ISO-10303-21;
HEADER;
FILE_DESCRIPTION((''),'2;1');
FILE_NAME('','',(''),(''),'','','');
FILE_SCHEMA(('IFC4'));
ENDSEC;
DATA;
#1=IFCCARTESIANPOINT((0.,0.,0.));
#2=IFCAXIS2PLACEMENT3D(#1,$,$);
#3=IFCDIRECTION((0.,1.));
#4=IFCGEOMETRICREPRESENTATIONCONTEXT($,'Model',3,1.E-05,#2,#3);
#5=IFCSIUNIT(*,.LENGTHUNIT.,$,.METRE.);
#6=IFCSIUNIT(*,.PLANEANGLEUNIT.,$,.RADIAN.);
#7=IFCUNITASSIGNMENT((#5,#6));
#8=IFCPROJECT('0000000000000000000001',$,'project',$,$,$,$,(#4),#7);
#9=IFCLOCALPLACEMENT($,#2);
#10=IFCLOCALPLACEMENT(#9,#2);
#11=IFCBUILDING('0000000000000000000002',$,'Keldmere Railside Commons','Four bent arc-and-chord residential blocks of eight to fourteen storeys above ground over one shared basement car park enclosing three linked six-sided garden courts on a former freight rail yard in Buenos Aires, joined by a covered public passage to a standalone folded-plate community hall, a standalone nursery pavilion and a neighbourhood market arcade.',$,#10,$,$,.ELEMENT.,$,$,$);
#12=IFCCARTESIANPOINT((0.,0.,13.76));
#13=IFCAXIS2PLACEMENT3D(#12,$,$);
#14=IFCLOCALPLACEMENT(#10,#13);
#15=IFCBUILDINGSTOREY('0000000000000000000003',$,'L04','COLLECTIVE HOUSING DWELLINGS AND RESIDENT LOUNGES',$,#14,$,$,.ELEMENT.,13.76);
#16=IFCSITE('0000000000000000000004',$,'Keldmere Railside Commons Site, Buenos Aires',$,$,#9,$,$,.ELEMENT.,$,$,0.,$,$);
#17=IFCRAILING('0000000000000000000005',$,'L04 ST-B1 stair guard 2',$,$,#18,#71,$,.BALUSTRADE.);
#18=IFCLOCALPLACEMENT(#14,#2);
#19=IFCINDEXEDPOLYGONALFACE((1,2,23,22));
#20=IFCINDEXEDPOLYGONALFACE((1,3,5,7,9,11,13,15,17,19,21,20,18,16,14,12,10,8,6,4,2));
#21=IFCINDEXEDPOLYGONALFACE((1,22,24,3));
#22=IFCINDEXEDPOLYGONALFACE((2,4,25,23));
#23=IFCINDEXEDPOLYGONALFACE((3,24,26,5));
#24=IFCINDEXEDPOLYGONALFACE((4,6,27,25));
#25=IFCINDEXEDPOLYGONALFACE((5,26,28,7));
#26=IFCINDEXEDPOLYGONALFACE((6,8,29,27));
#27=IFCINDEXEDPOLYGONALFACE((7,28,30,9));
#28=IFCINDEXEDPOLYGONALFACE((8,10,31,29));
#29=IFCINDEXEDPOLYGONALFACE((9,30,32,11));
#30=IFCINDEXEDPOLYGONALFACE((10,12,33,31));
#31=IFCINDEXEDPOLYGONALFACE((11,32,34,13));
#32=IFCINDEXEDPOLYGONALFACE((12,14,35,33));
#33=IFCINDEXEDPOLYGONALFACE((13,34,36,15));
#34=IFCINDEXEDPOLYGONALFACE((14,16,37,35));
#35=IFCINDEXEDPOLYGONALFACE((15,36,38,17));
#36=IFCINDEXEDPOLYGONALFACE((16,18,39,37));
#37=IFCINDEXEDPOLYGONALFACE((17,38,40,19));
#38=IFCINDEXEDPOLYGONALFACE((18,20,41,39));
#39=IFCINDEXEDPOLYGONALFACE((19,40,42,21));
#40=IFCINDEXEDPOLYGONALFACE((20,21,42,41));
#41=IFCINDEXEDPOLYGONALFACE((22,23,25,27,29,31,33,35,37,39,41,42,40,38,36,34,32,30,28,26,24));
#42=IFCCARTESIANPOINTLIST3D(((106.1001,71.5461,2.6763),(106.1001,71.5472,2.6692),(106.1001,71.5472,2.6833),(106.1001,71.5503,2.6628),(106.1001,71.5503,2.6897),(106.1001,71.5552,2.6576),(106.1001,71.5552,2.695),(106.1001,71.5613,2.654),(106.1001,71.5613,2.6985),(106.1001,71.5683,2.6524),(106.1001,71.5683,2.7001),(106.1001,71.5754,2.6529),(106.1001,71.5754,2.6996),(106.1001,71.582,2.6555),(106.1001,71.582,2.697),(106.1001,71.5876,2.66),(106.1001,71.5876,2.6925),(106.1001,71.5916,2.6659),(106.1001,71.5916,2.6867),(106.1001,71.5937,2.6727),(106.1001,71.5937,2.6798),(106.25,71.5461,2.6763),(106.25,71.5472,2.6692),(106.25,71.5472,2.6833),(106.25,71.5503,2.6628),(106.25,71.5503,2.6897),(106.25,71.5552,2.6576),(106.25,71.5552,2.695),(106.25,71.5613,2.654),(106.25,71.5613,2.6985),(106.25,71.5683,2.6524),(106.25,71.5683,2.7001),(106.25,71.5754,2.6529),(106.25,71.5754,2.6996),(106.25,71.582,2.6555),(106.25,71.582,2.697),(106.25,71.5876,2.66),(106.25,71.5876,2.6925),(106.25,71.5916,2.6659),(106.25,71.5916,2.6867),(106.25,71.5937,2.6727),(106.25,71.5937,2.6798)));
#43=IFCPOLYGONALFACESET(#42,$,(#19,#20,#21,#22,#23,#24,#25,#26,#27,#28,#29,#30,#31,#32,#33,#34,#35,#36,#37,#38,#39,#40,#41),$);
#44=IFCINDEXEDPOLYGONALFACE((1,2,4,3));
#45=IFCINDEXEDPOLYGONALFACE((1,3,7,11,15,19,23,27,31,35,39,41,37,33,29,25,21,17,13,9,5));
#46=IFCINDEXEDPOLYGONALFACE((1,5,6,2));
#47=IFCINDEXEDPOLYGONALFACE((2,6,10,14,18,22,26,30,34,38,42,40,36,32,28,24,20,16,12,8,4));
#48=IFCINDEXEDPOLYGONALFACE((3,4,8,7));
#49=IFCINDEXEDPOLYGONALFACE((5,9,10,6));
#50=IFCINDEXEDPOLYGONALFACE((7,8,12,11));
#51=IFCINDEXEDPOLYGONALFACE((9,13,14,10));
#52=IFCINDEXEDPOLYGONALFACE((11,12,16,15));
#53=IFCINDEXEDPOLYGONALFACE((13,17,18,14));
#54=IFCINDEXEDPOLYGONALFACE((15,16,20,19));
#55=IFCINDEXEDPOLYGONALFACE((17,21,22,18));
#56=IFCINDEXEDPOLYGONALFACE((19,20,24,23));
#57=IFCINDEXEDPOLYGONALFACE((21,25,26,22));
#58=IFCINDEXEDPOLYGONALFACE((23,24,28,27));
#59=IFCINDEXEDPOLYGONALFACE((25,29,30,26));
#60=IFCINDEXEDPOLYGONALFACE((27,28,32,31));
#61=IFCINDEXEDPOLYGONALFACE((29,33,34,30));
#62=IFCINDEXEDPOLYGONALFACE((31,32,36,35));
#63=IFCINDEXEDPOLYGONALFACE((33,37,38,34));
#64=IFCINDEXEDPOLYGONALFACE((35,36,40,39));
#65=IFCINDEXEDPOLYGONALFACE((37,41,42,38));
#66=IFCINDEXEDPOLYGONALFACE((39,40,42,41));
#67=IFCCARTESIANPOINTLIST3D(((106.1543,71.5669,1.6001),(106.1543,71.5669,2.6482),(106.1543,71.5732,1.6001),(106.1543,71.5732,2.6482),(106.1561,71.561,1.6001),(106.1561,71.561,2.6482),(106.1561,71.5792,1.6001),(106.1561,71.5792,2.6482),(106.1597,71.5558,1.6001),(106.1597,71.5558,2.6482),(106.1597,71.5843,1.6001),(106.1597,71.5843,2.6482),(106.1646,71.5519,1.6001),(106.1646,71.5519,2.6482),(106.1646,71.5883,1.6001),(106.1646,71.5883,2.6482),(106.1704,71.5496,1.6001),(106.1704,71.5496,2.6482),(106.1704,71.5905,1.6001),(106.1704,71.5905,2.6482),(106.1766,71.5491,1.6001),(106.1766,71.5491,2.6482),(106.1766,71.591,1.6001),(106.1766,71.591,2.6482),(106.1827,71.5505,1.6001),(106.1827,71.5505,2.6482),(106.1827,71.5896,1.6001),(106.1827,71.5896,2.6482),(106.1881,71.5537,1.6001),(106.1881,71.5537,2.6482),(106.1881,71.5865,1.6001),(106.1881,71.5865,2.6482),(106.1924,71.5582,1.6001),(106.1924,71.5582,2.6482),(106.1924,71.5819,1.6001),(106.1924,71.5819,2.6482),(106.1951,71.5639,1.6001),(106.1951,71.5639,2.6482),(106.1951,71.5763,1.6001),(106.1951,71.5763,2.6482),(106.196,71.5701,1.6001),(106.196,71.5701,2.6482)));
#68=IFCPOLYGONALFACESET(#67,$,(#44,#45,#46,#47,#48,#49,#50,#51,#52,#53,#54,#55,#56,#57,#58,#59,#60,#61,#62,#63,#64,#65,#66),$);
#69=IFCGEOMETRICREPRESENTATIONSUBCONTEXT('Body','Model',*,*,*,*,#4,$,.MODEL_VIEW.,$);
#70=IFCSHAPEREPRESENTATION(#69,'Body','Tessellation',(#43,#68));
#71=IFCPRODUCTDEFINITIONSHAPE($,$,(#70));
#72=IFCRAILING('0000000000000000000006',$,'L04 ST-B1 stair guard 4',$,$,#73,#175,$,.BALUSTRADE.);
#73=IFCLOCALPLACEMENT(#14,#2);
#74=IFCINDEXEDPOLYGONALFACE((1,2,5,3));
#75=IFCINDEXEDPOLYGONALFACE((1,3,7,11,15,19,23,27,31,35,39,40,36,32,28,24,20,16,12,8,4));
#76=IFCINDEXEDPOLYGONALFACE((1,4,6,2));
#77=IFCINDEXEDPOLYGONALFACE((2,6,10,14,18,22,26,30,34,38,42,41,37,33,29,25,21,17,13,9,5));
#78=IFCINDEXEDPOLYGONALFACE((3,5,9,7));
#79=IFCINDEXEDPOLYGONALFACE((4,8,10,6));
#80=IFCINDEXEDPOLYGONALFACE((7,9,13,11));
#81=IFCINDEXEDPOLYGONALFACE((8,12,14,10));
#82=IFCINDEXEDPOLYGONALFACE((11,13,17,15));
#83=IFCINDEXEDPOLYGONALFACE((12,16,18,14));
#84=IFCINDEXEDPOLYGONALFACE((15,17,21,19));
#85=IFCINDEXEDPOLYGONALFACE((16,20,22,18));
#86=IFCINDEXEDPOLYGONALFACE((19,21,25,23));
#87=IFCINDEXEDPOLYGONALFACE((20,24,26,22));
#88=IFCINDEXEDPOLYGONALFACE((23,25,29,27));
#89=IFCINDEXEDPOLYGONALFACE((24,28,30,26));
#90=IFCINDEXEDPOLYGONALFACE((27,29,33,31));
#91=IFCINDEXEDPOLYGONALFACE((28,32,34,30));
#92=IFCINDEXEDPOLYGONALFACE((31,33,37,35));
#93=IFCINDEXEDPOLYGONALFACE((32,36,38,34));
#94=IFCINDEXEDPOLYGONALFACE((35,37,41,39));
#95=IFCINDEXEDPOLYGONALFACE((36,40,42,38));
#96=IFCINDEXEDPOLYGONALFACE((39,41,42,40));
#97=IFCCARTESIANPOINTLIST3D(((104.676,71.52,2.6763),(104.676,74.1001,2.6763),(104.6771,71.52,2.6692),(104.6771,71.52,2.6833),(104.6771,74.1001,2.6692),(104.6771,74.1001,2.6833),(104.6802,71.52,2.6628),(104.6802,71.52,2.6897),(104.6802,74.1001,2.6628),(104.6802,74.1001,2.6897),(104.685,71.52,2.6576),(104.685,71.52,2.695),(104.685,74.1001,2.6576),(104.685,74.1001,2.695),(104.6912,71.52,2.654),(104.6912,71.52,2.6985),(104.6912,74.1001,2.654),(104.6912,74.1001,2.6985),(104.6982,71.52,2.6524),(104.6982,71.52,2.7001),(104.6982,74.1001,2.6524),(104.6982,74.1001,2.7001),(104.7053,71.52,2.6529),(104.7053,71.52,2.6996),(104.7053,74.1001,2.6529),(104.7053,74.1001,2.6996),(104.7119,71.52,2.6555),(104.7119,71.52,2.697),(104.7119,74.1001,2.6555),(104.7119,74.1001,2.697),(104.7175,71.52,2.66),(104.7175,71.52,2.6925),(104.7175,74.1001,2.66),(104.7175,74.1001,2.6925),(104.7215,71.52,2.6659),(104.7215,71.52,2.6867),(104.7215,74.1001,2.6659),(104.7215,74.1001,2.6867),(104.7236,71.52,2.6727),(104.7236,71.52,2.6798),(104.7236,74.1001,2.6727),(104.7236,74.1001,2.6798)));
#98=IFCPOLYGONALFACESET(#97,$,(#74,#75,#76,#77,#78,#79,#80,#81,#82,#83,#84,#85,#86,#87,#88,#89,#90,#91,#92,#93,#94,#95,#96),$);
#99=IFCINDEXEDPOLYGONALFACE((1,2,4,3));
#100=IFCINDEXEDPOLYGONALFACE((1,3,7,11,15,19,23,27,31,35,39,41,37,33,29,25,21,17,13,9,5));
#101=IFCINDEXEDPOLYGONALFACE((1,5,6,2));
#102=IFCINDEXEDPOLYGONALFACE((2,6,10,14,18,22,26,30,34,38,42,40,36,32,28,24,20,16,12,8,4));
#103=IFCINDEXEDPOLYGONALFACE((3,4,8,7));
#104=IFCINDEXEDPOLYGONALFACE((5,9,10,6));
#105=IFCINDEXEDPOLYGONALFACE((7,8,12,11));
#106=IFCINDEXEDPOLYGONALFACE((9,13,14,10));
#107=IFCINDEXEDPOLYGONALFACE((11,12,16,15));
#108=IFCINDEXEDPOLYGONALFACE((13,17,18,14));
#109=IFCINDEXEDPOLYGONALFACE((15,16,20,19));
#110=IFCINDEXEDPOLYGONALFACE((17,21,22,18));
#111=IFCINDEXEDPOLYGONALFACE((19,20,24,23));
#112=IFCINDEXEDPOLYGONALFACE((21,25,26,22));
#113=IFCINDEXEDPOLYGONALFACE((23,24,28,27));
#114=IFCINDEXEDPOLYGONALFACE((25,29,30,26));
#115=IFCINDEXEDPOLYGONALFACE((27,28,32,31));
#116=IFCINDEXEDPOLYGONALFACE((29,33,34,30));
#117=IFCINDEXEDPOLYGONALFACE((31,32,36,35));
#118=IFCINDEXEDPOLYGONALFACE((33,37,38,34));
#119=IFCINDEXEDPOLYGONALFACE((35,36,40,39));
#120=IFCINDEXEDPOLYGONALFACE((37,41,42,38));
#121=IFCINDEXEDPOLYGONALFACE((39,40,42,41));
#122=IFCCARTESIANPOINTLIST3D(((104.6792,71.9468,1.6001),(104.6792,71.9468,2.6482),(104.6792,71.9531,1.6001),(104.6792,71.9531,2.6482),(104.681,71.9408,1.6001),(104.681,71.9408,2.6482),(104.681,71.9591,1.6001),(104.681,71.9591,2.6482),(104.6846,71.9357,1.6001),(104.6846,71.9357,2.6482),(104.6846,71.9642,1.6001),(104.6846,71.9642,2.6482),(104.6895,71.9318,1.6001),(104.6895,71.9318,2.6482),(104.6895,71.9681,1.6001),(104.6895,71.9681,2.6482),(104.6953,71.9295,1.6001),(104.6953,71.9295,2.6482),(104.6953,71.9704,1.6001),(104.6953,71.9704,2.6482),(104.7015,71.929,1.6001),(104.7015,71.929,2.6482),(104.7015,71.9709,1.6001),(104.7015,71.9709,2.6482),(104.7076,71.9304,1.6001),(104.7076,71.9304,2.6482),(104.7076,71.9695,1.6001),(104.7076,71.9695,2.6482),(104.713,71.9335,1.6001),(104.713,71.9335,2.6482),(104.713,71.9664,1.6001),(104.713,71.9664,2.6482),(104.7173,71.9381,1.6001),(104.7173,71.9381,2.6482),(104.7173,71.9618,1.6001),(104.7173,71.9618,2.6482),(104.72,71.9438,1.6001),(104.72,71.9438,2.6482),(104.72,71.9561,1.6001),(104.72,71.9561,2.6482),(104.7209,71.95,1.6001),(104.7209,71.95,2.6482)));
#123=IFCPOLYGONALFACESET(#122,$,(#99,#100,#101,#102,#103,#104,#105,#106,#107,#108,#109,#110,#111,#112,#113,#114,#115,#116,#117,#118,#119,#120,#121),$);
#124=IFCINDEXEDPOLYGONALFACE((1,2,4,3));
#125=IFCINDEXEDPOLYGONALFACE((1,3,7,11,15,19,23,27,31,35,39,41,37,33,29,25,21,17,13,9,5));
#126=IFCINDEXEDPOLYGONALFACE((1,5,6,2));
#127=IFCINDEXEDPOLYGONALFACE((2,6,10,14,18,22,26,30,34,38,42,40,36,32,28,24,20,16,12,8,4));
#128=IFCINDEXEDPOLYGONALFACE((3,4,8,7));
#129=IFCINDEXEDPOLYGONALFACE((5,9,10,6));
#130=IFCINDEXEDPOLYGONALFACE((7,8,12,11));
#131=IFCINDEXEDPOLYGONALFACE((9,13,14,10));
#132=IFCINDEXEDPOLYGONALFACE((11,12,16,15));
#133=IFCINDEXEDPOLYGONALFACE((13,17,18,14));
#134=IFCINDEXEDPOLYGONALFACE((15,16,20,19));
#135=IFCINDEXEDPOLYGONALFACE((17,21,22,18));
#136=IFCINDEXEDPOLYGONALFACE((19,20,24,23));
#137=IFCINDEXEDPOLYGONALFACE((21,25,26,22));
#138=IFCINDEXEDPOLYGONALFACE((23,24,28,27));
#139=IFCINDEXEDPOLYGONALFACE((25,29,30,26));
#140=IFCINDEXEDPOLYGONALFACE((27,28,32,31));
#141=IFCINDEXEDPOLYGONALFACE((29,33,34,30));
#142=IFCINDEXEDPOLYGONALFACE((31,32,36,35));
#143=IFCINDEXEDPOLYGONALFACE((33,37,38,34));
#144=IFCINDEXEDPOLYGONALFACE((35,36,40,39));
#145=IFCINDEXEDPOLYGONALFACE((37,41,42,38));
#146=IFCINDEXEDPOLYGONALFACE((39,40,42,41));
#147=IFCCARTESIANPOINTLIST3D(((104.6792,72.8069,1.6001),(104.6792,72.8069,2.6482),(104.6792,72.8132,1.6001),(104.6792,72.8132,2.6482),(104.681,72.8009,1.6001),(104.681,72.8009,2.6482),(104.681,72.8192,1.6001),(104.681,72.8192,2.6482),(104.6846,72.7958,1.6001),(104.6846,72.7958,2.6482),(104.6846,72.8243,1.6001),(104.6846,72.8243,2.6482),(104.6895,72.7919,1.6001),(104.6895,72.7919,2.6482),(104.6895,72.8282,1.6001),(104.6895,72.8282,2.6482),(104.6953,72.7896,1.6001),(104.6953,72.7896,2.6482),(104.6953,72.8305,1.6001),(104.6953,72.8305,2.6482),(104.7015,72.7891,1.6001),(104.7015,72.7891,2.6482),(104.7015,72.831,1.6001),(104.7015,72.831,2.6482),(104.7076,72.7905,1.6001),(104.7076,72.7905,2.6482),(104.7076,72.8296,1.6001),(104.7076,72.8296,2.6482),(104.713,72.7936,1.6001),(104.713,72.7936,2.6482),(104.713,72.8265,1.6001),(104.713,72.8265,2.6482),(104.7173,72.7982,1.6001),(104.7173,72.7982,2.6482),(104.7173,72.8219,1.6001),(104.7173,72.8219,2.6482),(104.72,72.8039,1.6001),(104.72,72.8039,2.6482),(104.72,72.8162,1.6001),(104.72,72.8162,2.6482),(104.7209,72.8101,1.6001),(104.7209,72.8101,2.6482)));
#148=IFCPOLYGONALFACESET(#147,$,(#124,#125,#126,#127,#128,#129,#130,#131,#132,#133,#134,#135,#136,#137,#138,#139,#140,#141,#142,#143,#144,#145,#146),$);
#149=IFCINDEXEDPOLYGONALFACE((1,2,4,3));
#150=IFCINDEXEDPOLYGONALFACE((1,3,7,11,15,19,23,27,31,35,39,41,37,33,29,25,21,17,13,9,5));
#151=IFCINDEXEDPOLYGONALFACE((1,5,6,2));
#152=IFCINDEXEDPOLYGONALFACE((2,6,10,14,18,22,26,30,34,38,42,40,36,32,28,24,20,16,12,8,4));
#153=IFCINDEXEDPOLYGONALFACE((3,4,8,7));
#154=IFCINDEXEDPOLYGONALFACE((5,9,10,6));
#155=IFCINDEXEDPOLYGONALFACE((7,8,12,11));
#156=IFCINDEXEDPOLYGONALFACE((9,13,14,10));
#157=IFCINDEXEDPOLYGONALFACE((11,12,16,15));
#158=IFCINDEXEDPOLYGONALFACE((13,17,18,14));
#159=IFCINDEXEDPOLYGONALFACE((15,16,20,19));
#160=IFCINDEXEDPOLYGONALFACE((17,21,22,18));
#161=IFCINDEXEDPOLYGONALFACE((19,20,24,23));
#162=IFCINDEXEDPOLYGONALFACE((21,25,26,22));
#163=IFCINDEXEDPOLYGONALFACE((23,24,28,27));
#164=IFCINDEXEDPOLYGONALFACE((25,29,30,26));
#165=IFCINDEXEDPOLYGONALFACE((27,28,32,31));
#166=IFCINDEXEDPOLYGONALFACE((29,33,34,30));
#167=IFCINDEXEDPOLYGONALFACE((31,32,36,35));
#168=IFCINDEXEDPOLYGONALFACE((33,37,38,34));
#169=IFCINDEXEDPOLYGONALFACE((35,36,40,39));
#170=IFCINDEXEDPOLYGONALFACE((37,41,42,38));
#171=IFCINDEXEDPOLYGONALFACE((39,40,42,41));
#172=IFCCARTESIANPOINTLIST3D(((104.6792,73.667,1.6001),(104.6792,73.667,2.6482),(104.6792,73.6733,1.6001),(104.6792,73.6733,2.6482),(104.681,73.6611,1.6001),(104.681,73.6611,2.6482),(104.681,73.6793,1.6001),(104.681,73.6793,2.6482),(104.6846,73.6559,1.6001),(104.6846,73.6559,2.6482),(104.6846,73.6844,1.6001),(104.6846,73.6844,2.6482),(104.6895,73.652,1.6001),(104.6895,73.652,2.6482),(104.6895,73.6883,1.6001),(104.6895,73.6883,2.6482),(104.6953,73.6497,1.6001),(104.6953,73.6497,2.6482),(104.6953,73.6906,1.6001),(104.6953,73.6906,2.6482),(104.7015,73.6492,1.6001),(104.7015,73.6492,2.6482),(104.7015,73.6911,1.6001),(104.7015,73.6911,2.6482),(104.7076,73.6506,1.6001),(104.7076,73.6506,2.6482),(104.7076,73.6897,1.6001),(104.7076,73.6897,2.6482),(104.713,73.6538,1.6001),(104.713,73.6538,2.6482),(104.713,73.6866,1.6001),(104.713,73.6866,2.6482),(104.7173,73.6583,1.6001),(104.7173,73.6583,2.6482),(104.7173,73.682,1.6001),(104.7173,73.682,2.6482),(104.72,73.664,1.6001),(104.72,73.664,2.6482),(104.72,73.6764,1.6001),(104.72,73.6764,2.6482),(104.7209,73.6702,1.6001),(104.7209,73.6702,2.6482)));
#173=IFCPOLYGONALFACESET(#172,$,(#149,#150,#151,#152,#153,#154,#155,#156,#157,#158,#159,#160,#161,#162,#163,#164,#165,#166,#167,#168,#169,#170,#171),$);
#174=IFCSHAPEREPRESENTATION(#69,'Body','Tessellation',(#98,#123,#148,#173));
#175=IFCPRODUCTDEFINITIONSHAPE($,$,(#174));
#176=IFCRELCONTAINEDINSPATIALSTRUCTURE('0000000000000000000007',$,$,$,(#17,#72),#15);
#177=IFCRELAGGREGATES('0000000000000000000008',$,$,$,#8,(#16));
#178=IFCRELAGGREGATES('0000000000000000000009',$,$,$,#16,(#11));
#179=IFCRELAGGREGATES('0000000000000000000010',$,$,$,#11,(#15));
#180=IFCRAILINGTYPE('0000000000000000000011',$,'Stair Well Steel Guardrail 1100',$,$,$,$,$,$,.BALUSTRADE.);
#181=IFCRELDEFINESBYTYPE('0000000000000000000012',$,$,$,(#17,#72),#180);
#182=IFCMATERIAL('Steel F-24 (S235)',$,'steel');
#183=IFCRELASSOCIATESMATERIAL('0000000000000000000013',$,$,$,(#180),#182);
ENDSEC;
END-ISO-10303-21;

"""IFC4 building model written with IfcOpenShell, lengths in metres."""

from ifc_helpers import new_model, si_unit, direction, frame, origin, origin_2d, place, context, subcontext, project, spatial, circle, extrude, material, type_object, element, save


model = new_model("IFC4")

# Units and contexts
model_context = context("Model", 3, precision=1e-05, world=origin(), true_north=direction((0.0, 1.0)))
body_context = subcontext(model_context, "Body", "Model", "MODEL_VIEW")
ifc_project = project(units=[si_unit("LENGTHUNIT", "METRE"), si_unit("PLANEANGLEUNIT", "RADIAN")], contexts=[model_context])

# Site, building, storey
site_placement = place(None, origin())
site = spatial("IfcSite", under=ifc_project, at=site_placement, Name="Keldmere Railside Commons Site, Buenos Aires", CompositionType="ELEMENT", RefElevation=0.0)
building_placement = place(site_placement, origin())
building = spatial("IfcBuilding", under=site, at=building_placement, Name="Keldmere Railside Commons", Description="Four bent arc-and-chord residential blocks of eight to fourteen storeys above ground over one shared basement car park enclosing three linked six-sided garden courts on a former freight rail yard in Buenos Aires, joined by a covered public passage to a standalone folded-plate community hall, a standalone nursery pavilion and a neighbourhood market arcade.", CompositionType="ELEMENT")
storey_placement = place(building_placement, frame((0.0, 0.0, 13.76)))
storey = spatial("IfcBuildingStorey", under=building, at=storey_placement, Name="L04", Description="COLLECTIVE HOUSING DWELLINGS AND RESIDENT LOUNGES", CompositionType="ELEMENT", Elevation=13.76)

# Shared definitions
ifc_material_1 = material(Name="Steel F-24 (S235)", Category="steel")

# Railings
railing_type_1 = type_object("IfcRailingType", Name="Stair Well Steel Guardrail 1100", PredefinedType="BALUSTRADE", material=ifc_material_1)
railing_1_placement = place(storey_placement, frame((106.25, 71.5701, 1.6001)))
element("IfcRailing", 1, at=railing_1_placement, inside=storey, type_object=railing_type_1, Name="L04 ST-B1 stair guard 2", PredefinedType="BALUSTRADE", context=body_context, shape_type="SweptSolid", body=[
    extrude(circle(Radius=0.0239, at=origin_2d()), frame((0.0, 0.0, 1.0762), z_axis=(-1.0, 0.0, 0.0), x_axis=(0.0, -1.0, 0.0)), (0.0, 0.0, 1.0), 0.1499),
    extrude(circle(Radius=0.021, at=origin_2d()), frame((-0.075, 0.0, 0.0)), (0.0, 0.0, 1.0), 1.0481),
])
railing_2_placement = place(storey_placement, frame((104.7, 71.52, 1.6001)))
element("IfcRailing", 2, at=railing_2_placement, inside=storey, type_object=railing_type_1, Name="L04 ST-B1 stair guard 4", PredefinedType="BALUSTRADE", context=body_context, shape_type="SweptSolid", body=[
    extrude(circle(Radius=0.0239, at=origin_2d()), frame((0.0, 0.0, 1.0762), z_axis=(0.0, 1.0, 0.0), x_axis=(-1.0, 0.0, 0.0)), (0.0, 0.0, 1.0), 2.5801),
    extrude(circle(Radius=0.021, at=origin_2d()), frame((0.0, 0.4299, 0.0)), (0.0, 0.0, 1.0), 1.0481),
    extrude(circle(Radius=0.021, at=origin_2d()), frame((0.0, 1.29, 0.0)), (0.0, 0.0, 1.0), 1.0481),
    extrude(circle(Radius=0.021, at=origin_2d()), frame((0.0, 2.1501, 0.0)), (0.0, 0.0, 1.0), 1.0481),
])

save(model, "model.ifc")
